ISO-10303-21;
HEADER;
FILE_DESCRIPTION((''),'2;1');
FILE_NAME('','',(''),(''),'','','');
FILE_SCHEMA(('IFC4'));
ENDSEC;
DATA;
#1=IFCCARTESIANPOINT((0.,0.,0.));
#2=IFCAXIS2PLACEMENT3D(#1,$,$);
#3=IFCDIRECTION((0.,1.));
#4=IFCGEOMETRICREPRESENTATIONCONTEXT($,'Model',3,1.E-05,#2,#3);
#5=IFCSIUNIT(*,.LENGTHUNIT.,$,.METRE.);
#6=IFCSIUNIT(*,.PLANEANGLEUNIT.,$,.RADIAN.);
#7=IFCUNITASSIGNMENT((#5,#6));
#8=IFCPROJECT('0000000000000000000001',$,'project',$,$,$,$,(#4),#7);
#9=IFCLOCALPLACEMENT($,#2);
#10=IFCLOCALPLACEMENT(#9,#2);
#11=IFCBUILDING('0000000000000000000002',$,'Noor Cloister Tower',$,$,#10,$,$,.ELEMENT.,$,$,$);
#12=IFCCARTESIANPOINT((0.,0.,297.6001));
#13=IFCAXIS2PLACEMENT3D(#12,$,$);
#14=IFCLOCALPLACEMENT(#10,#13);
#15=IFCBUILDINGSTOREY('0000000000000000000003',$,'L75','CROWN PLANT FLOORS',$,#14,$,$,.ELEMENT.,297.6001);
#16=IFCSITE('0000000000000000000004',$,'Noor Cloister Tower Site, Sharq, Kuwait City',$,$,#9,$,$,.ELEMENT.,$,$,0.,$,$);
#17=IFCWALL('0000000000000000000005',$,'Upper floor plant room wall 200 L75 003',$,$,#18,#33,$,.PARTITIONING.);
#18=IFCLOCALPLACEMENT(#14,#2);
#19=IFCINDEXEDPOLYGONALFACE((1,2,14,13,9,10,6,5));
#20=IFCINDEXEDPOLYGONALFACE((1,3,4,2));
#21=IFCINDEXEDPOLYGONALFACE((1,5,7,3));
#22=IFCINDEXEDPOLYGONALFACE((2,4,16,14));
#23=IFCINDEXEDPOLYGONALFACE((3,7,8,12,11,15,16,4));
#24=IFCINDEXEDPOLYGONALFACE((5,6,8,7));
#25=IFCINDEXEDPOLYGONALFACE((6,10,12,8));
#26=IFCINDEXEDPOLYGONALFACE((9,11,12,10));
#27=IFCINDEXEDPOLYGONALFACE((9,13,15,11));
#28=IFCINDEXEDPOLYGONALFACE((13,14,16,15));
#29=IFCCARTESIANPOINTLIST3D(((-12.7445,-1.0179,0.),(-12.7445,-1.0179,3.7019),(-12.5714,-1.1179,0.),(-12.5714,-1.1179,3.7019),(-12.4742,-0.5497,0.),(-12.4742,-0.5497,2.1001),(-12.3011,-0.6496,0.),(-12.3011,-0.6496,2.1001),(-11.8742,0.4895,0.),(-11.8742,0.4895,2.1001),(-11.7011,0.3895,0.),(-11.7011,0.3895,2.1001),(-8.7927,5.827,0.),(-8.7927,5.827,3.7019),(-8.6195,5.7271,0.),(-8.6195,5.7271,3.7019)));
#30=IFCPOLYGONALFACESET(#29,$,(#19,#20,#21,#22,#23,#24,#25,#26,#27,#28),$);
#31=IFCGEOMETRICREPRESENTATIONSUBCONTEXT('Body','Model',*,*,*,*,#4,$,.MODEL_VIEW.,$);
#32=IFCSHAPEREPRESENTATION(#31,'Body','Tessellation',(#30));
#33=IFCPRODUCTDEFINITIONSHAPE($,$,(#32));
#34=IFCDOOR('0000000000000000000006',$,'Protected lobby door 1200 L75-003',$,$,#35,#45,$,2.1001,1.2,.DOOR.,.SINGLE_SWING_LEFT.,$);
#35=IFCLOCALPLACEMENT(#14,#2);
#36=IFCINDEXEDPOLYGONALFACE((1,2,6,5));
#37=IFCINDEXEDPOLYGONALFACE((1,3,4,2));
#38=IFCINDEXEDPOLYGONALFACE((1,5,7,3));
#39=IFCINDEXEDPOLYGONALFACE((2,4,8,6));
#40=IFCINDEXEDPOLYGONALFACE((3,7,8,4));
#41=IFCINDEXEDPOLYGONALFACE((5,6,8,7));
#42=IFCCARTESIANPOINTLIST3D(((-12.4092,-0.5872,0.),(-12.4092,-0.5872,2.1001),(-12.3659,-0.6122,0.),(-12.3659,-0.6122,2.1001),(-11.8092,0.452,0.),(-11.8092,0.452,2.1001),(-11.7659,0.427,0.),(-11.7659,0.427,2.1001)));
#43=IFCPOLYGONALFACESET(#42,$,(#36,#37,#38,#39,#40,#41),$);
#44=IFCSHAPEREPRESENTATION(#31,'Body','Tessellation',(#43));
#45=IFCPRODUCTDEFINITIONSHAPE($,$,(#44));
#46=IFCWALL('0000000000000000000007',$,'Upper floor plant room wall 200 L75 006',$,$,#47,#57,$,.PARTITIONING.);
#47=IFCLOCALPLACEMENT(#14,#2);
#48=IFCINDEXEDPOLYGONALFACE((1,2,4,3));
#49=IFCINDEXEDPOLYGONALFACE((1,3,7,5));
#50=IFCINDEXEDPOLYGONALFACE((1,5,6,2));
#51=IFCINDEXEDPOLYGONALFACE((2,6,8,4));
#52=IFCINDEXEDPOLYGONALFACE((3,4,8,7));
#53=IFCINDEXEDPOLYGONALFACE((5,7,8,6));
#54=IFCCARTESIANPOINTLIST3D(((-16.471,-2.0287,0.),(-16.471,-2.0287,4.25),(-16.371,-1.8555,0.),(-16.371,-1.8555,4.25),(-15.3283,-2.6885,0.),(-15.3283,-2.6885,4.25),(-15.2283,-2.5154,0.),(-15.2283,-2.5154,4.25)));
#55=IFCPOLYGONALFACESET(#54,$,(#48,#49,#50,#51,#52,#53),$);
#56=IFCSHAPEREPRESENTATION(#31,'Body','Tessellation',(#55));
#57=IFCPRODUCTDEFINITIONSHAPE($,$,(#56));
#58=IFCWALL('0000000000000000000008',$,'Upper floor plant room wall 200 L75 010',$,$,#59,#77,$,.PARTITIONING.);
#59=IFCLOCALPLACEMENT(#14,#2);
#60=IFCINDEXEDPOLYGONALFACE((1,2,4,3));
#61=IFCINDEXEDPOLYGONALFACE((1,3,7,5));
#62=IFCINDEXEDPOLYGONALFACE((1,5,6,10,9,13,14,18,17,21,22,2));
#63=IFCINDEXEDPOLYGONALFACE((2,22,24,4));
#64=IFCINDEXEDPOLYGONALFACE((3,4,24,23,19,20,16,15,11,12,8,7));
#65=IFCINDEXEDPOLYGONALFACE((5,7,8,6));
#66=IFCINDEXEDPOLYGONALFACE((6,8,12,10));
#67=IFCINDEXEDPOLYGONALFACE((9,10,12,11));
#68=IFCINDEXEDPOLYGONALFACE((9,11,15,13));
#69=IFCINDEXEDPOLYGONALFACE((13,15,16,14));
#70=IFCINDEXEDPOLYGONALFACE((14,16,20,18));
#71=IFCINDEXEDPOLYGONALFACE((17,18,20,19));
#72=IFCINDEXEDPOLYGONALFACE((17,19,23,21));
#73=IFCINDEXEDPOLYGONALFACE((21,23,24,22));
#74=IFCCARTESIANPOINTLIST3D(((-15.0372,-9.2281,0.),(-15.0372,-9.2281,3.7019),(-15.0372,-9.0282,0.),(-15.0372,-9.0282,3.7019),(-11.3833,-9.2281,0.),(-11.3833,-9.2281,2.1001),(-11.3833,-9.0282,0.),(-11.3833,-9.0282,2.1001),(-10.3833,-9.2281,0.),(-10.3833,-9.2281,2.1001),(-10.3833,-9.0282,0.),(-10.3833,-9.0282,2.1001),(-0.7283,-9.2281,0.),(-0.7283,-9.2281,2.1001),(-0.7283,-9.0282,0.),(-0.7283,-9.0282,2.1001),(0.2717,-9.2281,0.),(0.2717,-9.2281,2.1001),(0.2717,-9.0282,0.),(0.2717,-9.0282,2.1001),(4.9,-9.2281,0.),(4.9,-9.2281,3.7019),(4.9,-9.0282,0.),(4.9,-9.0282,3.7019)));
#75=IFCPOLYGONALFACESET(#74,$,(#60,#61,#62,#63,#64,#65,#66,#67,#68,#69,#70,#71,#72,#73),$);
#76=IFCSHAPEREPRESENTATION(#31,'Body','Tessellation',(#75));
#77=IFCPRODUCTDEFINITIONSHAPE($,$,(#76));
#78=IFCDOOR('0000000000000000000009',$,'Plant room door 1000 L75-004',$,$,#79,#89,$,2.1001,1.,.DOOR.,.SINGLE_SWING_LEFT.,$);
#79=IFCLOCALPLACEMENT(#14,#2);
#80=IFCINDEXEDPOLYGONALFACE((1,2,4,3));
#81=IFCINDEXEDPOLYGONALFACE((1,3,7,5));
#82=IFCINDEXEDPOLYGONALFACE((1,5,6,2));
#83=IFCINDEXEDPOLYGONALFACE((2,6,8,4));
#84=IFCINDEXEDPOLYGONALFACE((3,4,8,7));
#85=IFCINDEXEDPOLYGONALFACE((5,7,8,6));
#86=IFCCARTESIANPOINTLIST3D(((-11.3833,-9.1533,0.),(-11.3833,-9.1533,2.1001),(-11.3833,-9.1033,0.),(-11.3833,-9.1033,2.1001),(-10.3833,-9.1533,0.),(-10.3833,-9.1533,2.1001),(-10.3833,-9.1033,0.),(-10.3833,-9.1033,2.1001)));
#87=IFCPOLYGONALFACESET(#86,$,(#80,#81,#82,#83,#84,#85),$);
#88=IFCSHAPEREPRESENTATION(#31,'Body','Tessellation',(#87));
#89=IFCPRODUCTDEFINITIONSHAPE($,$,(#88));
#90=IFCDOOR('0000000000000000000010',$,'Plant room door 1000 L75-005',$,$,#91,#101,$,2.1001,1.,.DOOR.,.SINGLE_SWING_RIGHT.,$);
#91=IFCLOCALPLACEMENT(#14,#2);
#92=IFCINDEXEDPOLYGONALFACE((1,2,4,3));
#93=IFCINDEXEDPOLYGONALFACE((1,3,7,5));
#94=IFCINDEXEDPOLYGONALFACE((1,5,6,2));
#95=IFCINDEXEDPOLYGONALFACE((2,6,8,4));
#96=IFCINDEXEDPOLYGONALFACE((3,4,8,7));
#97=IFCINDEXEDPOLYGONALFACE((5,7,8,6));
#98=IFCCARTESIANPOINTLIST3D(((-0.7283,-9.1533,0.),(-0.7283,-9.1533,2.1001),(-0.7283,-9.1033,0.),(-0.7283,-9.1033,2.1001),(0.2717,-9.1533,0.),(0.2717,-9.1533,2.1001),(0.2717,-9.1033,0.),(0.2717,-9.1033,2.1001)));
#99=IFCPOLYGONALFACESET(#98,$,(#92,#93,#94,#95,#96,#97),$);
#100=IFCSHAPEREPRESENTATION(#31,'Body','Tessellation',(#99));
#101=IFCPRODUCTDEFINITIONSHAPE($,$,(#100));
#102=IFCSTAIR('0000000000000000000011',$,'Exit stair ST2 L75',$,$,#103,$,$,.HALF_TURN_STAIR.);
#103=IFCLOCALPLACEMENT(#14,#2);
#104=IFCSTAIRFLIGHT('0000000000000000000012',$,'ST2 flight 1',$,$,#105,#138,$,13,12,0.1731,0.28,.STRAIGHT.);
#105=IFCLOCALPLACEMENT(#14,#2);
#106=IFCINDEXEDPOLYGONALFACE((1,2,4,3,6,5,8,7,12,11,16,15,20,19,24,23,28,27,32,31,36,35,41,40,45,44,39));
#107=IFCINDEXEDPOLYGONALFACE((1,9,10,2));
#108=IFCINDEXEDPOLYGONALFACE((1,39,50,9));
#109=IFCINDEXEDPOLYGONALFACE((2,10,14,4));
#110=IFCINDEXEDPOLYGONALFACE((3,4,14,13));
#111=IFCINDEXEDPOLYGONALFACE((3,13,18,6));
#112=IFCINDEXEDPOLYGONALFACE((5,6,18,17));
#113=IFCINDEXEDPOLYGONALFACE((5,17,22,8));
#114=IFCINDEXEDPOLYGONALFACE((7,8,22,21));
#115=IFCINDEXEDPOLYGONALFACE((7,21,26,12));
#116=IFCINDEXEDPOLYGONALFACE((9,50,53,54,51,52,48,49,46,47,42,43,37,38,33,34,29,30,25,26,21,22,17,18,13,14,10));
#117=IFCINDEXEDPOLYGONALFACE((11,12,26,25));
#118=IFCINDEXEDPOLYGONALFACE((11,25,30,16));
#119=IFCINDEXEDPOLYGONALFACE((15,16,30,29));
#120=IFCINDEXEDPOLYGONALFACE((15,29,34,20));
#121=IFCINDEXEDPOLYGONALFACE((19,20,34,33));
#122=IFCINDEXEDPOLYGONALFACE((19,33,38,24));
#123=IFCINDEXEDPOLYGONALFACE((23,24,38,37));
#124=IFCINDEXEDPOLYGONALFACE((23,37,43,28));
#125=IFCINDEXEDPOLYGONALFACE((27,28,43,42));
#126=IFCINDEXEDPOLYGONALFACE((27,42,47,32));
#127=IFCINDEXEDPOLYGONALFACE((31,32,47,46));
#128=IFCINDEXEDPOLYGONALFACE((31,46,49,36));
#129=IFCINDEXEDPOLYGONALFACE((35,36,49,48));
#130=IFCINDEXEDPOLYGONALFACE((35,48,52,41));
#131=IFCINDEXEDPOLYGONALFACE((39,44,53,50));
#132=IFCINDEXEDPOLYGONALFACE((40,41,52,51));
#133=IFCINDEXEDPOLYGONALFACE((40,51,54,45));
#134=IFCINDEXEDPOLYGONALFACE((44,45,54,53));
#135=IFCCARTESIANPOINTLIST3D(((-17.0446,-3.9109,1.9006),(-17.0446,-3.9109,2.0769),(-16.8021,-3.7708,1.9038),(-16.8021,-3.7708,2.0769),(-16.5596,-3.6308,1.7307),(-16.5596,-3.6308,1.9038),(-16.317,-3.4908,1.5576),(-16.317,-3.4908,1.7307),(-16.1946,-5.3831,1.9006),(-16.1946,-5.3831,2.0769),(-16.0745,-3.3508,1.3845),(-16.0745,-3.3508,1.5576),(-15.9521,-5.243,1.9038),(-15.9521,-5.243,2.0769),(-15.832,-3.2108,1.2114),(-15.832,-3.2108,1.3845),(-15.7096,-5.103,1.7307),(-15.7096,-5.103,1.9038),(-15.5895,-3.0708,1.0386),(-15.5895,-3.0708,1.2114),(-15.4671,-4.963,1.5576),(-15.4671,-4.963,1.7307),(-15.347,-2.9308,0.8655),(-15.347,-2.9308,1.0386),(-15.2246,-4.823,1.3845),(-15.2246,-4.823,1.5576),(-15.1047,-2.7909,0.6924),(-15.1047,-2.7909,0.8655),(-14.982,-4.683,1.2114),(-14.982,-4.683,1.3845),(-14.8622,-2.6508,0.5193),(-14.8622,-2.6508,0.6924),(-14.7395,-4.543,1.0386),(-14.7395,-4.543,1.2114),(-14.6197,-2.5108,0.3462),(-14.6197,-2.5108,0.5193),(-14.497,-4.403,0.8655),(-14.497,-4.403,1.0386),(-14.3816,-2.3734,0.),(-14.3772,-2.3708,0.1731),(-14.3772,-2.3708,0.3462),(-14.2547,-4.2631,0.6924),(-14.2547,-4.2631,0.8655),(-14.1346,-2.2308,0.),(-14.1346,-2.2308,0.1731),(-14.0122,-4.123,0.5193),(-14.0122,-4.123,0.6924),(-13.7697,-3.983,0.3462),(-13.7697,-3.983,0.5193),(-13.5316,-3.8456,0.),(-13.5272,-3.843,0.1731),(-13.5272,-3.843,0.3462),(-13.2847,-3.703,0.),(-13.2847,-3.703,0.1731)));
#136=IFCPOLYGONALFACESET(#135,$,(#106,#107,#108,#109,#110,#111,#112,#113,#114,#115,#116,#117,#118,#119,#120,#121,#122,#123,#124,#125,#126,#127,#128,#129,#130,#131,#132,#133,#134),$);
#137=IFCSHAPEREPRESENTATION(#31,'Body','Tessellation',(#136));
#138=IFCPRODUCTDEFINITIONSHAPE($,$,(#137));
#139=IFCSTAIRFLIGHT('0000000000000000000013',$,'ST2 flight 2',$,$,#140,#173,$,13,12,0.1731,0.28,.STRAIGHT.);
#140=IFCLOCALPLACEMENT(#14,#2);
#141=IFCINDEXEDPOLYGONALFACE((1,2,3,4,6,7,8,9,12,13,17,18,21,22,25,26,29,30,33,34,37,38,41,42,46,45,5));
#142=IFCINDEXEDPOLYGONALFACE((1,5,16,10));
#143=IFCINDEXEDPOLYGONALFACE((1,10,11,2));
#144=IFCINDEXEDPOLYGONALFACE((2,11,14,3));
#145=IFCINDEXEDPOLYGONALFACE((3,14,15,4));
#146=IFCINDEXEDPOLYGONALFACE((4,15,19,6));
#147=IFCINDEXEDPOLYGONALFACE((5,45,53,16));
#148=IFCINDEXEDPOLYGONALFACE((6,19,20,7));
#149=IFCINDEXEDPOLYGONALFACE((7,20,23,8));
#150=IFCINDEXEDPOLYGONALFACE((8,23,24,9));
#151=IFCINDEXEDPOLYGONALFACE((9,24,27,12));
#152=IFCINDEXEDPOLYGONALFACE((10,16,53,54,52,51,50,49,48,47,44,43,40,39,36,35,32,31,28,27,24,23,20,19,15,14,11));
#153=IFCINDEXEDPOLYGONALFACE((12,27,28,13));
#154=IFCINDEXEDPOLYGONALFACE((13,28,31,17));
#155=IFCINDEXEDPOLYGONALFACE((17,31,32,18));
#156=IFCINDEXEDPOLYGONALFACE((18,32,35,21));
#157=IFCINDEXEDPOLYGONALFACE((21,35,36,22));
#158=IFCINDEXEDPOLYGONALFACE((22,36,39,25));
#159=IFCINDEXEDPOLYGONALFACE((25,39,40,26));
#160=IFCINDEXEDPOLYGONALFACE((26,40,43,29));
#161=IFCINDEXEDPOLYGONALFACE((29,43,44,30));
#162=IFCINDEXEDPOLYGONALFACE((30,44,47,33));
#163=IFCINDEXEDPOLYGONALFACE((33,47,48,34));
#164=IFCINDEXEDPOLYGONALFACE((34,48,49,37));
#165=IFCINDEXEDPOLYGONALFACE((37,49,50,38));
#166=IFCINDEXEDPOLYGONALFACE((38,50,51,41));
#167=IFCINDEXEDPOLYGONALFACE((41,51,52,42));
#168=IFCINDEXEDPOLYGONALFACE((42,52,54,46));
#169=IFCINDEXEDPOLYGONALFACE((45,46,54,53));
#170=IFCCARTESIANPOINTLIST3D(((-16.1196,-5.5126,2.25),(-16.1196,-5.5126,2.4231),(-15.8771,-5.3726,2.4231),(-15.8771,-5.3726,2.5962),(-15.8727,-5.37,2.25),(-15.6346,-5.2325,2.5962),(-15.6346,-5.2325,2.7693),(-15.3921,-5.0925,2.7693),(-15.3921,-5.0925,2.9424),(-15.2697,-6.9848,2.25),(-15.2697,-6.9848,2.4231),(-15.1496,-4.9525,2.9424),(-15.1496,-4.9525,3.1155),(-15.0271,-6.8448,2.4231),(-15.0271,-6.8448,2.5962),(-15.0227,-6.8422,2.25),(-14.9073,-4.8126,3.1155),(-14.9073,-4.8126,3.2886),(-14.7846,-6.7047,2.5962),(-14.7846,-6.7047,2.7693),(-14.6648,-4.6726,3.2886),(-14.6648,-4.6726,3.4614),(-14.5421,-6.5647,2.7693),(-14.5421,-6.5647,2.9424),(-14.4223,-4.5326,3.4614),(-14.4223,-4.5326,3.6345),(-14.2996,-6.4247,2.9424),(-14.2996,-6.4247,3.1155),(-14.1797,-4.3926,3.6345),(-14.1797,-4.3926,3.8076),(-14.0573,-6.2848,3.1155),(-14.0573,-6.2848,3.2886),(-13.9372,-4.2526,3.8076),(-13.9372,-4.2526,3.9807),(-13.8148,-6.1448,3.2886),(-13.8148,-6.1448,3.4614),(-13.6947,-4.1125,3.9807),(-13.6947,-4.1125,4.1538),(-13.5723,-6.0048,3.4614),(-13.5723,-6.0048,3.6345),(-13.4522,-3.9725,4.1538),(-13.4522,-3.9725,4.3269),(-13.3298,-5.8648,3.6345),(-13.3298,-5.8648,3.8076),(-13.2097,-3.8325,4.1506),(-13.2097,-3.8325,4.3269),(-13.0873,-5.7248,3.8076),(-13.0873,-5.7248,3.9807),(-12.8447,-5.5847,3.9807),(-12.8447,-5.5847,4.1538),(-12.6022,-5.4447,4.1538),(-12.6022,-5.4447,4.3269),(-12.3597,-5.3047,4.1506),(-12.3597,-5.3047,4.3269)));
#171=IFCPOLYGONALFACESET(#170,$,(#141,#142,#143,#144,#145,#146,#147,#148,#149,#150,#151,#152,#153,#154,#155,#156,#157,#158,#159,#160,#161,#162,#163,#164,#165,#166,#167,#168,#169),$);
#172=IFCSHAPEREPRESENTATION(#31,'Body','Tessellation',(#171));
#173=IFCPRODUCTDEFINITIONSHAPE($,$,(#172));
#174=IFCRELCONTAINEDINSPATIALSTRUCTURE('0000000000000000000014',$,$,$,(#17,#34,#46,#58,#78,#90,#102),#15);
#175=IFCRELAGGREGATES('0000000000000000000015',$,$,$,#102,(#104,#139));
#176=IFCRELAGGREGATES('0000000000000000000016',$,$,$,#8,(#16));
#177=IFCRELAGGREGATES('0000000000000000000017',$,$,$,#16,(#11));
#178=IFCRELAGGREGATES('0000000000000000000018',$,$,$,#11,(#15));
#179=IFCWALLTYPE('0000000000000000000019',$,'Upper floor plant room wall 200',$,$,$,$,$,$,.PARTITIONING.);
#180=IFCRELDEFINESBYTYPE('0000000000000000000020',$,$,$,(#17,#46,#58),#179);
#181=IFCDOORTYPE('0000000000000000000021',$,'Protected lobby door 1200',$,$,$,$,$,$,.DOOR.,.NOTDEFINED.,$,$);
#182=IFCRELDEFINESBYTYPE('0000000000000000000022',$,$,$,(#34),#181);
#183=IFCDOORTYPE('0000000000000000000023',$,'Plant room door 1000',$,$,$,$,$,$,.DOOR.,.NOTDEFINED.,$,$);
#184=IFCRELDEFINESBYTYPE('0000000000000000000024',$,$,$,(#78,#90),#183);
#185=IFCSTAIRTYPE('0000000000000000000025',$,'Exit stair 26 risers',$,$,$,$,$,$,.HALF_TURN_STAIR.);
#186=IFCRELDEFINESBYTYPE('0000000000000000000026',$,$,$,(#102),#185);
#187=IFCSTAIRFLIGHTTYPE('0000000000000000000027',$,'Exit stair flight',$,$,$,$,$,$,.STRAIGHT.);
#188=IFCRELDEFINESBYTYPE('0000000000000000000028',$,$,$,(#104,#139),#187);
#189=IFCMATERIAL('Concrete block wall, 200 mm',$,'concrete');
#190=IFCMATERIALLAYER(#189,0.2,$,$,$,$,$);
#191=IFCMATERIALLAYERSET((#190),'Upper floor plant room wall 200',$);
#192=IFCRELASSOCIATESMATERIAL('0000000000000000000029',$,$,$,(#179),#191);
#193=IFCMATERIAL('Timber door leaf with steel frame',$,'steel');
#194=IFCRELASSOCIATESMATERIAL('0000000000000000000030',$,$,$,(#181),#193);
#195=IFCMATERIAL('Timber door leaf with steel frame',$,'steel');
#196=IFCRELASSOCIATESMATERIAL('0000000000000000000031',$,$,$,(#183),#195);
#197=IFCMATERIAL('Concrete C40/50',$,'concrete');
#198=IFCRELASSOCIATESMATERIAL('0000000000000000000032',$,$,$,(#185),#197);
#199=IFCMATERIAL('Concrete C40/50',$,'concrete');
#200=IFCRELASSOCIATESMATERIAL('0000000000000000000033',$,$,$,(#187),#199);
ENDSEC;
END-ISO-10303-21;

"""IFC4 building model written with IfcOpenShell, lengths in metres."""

from ifc_helpers import new_model, si_unit, direction, frame, frame_2d, origin, place, context, subcontext, project, spatial, polyline, rectangle, outline, extrude, material, layer, layer_set, type_object, element, fill, aggregate, save


model = new_model("IFC4")

# Units and contexts
model_context = context("Model", 3, precision=1e-05, world=origin(), true_north=direction((0.0, 1.0)))
body_context = subcontext(model_context, "Body", "Model", "MODEL_VIEW")
ifc_project = project(units=[si_unit("LENGTHUNIT", "METRE"), si_unit("PLANEANGLEUNIT", "RADIAN")], contexts=[model_context])

# Site, building, storey
site_placement = place(None, origin())
site = spatial("IfcSite", under=ifc_project, at=site_placement, Name="Noor Cloister Tower Site, Sharq, Kuwait City", CompositionType="ELEMENT", RefElevation=0.0)
building_placement = place(site_placement, origin())
building = spatial("IfcBuilding", under=site, at=building_placement, Name="Noor Cloister Tower", CompositionType="ELEMENT")
storey_placement = place(building_placement, frame((0.0, 0.0, 297.6001)))
storey = spatial("IfcBuildingStorey", under=building, at=storey_placement, Name="L75", Description="CROWN PLANT FLOORS", CompositionType="ELEMENT", Elevation=297.6001)

# Wall, opening, door
ifc_material_1 = material(Name="Concrete block wall, 200 mm", Category="concrete")
ifc_layer_1 = layer(ifc_material_1, 0.2)
ifc_layer_set_1 = layer_set([ifc_layer_1], Name="Upper floor plant room wall 200")
wall_type_1 = type_object("IfcWallType", Name="Upper floor plant room wall 200", PredefinedType="PARTITIONING", material=ifc_layer_set_1)
wall_1_placement = place(storey_placement, frame((-12.658, -1.0679, 0.0), z_axis=(0.0, 0.0, 1.0), x_axis=(0.499996, 0.866028, 0.0)))
wall_1 = element("IfcWall", 1, at=wall_1_placement, inside=storey, type_object=wall_type_1, Name="Upper floor plant room wall 200 L75 003", PredefinedType="PARTITIONING", context=body_context, shape_type="SweptSolid", body=[
    extrude(rectangle(XDim=7.9038, YDim=0.2, at=frame_2d((3.9519, 0.0))), origin(), (0.0, 0.0, 1.0), 3.7019),
])
opening_1_placement = place(wall_1_placement, frame((0.5405, 0.0, 0.0)))
opening_1 = element("IfcOpeningElement", 2, at=opening_1_placement, cuts=wall_1, PredefinedType="OPENING", context=body_context, shape_type="SweptSolid", body=[
    extrude(rectangle(XDim=1.2, YDim=2.1001, at=frame_2d((0.6001, 1.05))), frame((0.0, 0.1099, 0.0), z_axis=(0.0, -1.0, 0.0), x_axis=(1.0, 0.0, 0.0)), (0.0, 0.0, 1.0), 0.22),
])
ifc_material_2 = material(Name="Timber door leaf with steel frame", Category="steel")
door_type_1 = type_object("IfcDoorType", Name="Protected lobby door 1200", OperationType="NOTDEFINED", PredefinedType="DOOR", material=ifc_material_2)
door_1_placement = place(opening_1_placement, origin())
door_1 = element("IfcDoor", 3, at=door_1_placement, inside=storey, type_object=door_type_1, Name="Protected lobby door 1200 L75-003", OperationType="SINGLE_SWING_LEFT", OverallHeight=2.1001, OverallWidth=1.2, PredefinedType="DOOR", context=body_context, shape_type="SweptSolid", body=[
    extrude(rectangle(XDim=1.2, YDim=2.1001, at=frame_2d((0.6001, 1.05))), frame((0.0, 0.0249, 0.0), z_axis=(0.0, -1.0, 0.0), x_axis=(1.0, 0.0, 0.0)), (0.0, 0.0, 1.0), 0.05),
])
fill(opening_1, door_1)

# Wall
wall_2_placement = place(storey_placement, frame((-16.4209, -1.9421, 0.0), z_axis=(0.0, 0.0, 1.0), x_axis=(0.865991, -0.500059, 0.0)))
element("IfcWall", 4, at=wall_2_placement, inside=storey, type_object=wall_type_1, Name="Upper floor plant room wall 200 L75 006", PredefinedType="PARTITIONING", context=body_context, shape_type="SweptSolid", body=[
    extrude(rectangle(XDim=1.3196, YDim=0.2, at=frame_2d((0.6597, 0.0))), origin(), (0.0, 0.0, 1.0), 4.25),
])

# Wall, openings, doors
wall_3_placement = place(storey_placement, frame((-15.0374, -9.1282, 0.0), z_axis=(0.0, 0.0, 1.0), x_axis=(1.0, 0.0, 0.0)))
wall_3 = element("IfcWall", 5, at=wall_3_placement, inside=storey, type_object=wall_type_1, Name="Upper floor plant room wall 200 L75 010", PredefinedType="PARTITIONING", context=body_context, shape_type="SweptSolid", body=[
    extrude(rectangle(XDim=19.9373, YDim=0.2, at=frame_2d((9.9688, 0.0))), origin(), (0.0, 0.0, 1.0), 3.7019),
])
opening_2_placement = place(wall_3_placement, frame((3.6541, 0.0, 0.0)))
opening_2 = element("IfcOpeningElement", 6, at=opening_2_placement, cuts=wall_3, PredefinedType="OPENING", context=body_context, shape_type="SweptSolid", body=[
    extrude(rectangle(XDim=1.0, YDim=2.1001, at=frame_2d((0.5, 1.05))), frame((0.0, 0.1099, 0.0), z_axis=(0.0, -1.0, 0.0), x_axis=(1.0, 0.0, 0.0)), (0.0, 0.0, 1.0), 0.22),
])
opening_3_placement = place(wall_3_placement, frame((14.3091, 0.0, 0.0)))
opening_3 = element("IfcOpeningElement", 7, at=opening_3_placement, cuts=wall_3, PredefinedType="OPENING", context=body_context, shape_type="SweptSolid", body=[
    extrude(rectangle(XDim=1.0, YDim=2.1001, at=frame_2d((0.5, 1.05))), frame((0.0, 0.1099, 0.0), z_axis=(0.0, -1.0, 0.0), x_axis=(1.0, 0.0, 0.0)), (0.0, 0.0, 1.0), 0.22),
])
ifc_material_3 = material(Name="Timber door leaf with steel frame", Category="steel")
door_type_2 = type_object("IfcDoorType", Name="Plant room door 1000", OperationType="NOTDEFINED", PredefinedType="DOOR", material=ifc_material_3)
door_2_placement = place(opening_2_placement, origin())
door_2 = element("IfcDoor", 8, at=door_2_placement, inside=storey, type_object=door_type_2, Name="Plant room door 1000 L75-004", OperationType="SINGLE_SWING_LEFT", OverallHeight=2.1001, OverallWidth=1.0, PredefinedType="DOOR", context=body_context, shape_type="SweptSolid", body=[
    extrude(rectangle(XDim=1.0, YDim=2.1001, at=frame_2d((0.5, 1.05))), frame((0.0, 0.0249, 0.0), z_axis=(0.0, -1.0, 0.0), x_axis=(1.0, 0.0, 0.0)), (0.0, 0.0, 1.0), 0.05),
])
fill(opening_2, door_2)
door_3_placement = place(opening_3_placement, origin())
door_3 = element("IfcDoor", 9, at=door_3_placement, inside=storey, type_object=door_type_2, Name="Plant room door 1000 L75-005", OperationType="SINGLE_SWING_RIGHT", OverallHeight=2.1001, OverallWidth=1.0, PredefinedType="DOOR", context=body_context, shape_type="SweptSolid", body=[
    extrude(rectangle(XDim=1.0, YDim=2.1001, at=frame_2d((0.5, 1.05))), frame((0.0, 0.0249, 0.0), z_axis=(0.0, -1.0, 0.0), x_axis=(1.0, 0.0, 0.0)), (0.0, 0.0, 1.0), 0.05),
])
fill(opening_3, door_3)

# Stair, stair flights
ifc_material_4 = material(Name="Concrete C40/50", Category="concrete")
stair_type = type_object("IfcStairType", Name="Exit stair 26 risers", PredefinedType="HALF_TURN_STAIR", material=ifc_material_4)
stair_placement = place(storey_placement, origin())
stair = element("IfcStair", 10, at=stair_placement, inside=storey, type_object=stair_type, Name="Exit stair ST2 L75", PredefinedType="HALF_TURN_STAIR")
ifc_material_5 = material(Name="Concrete C40/50", Category="concrete")
stair_flight_type = type_object("IfcStairFlightType", Name="Exit stair flight", PredefinedType="STRAIGHT", material=ifc_material_5)
stair_flight_1_placement = place(storey_placement, frame((-13.7097, -2.9668, 0.0), z_axis=(0.0, 0.0, 1.0), x_axis=(-0.866025, -0.5, 0.0)))
stair_flight_1 = element("IfcStairFlight", 11, at=stair_flight_1_placement, type_object=stair_flight_type, Name="ST2 flight 1", NumberOfRisers=13, NumberOfTreads=12, PredefinedType="STRAIGHT", RiserHeight=0.1731, TreadLength=0.28, context=body_context, shape_type="SweptSolid", body=[
    extrude(outline(polyline([(0.0, 0.0), (0.0, 0.1731), (0.28, 0.1731), (0.28, 0.3462), (0.5601, 0.3462), (0.5601, 0.5193), (0.8401, 0.5193), (0.8401, 0.6924), (1.1201, 0.6924), (1.1201, 0.8655), (1.3999, 0.8655), (1.3999, 1.0386), (1.6799, 1.0386), (1.6799, 1.2114), (1.96, 1.2114), (1.96, 1.3845), (2.24, 1.3845), (2.24, 1.5576), (2.52, 1.5576), (2.52, 1.7307), (2.8, 1.7307), (2.8, 1.9038), (3.0801, 1.9038), (3.0801, 2.0769), (3.3601, 2.0769), (3.3601, 2.25), (3.3601, 1.9006), (0.2852, 0.0), (0.0, 0.0)])), frame((0.0, 0.8501, 0.0), z_axis=(0.0, -1.0, 0.0), x_axis=(1.0, 0.0, 0.0)), (0.0, 0.0, 1.0), 1.7),
])
stair_flight_2_placement = place(storey_placement, frame((-15.6946, -6.2488, 2.25), z_axis=(0.0, 0.0, 1.0), x_axis=(0.866025, 0.5, 0.0)))
stair_flight_2 = element("IfcStairFlight", 12, at=stair_flight_2_placement, type_object=stair_flight_type, Name="ST2 flight 2", NumberOfRisers=13, NumberOfTreads=12, PredefinedType="STRAIGHT", RiserHeight=0.1731, TreadLength=0.28, context=body_context, shape_type="SweptSolid", body=[
    extrude(outline(polyline([(0.0, 0.0), (0.0, 0.1731), (0.28, 0.1731), (0.28, 0.3462), (0.5601, 0.3462), (0.5601, 0.5193), (0.8401, 0.5193), (0.8401, 0.6924), (1.1201, 0.6924), (1.1201, 0.8655), (1.3999, 0.8655), (1.3999, 1.0386), (1.6799, 1.0386), (1.6799, 1.2114), (1.96, 1.2114), (1.96, 1.3845), (2.24, 1.3845), (2.24, 1.5576), (2.52, 1.5576), (2.52, 1.7307), (2.8, 1.7307), (2.8, 1.9038), (3.0801, 1.9038), (3.0801, 2.0769), (3.3601, 2.0769), (3.3601, 2.25), (3.3601, 1.9006), (0.2852, 0.0), (0.0, 0.0)])), frame((0.0, 0.8501, 0.0), z_axis=(0.0, -1.0, 0.0), x_axis=(1.0, 0.0, 0.0)), (0.0, 0.0, 1.0), 1.7),
])
aggregate(stair, [stair_flight_1, stair_flight_2])

save(model, "model.ifc")
